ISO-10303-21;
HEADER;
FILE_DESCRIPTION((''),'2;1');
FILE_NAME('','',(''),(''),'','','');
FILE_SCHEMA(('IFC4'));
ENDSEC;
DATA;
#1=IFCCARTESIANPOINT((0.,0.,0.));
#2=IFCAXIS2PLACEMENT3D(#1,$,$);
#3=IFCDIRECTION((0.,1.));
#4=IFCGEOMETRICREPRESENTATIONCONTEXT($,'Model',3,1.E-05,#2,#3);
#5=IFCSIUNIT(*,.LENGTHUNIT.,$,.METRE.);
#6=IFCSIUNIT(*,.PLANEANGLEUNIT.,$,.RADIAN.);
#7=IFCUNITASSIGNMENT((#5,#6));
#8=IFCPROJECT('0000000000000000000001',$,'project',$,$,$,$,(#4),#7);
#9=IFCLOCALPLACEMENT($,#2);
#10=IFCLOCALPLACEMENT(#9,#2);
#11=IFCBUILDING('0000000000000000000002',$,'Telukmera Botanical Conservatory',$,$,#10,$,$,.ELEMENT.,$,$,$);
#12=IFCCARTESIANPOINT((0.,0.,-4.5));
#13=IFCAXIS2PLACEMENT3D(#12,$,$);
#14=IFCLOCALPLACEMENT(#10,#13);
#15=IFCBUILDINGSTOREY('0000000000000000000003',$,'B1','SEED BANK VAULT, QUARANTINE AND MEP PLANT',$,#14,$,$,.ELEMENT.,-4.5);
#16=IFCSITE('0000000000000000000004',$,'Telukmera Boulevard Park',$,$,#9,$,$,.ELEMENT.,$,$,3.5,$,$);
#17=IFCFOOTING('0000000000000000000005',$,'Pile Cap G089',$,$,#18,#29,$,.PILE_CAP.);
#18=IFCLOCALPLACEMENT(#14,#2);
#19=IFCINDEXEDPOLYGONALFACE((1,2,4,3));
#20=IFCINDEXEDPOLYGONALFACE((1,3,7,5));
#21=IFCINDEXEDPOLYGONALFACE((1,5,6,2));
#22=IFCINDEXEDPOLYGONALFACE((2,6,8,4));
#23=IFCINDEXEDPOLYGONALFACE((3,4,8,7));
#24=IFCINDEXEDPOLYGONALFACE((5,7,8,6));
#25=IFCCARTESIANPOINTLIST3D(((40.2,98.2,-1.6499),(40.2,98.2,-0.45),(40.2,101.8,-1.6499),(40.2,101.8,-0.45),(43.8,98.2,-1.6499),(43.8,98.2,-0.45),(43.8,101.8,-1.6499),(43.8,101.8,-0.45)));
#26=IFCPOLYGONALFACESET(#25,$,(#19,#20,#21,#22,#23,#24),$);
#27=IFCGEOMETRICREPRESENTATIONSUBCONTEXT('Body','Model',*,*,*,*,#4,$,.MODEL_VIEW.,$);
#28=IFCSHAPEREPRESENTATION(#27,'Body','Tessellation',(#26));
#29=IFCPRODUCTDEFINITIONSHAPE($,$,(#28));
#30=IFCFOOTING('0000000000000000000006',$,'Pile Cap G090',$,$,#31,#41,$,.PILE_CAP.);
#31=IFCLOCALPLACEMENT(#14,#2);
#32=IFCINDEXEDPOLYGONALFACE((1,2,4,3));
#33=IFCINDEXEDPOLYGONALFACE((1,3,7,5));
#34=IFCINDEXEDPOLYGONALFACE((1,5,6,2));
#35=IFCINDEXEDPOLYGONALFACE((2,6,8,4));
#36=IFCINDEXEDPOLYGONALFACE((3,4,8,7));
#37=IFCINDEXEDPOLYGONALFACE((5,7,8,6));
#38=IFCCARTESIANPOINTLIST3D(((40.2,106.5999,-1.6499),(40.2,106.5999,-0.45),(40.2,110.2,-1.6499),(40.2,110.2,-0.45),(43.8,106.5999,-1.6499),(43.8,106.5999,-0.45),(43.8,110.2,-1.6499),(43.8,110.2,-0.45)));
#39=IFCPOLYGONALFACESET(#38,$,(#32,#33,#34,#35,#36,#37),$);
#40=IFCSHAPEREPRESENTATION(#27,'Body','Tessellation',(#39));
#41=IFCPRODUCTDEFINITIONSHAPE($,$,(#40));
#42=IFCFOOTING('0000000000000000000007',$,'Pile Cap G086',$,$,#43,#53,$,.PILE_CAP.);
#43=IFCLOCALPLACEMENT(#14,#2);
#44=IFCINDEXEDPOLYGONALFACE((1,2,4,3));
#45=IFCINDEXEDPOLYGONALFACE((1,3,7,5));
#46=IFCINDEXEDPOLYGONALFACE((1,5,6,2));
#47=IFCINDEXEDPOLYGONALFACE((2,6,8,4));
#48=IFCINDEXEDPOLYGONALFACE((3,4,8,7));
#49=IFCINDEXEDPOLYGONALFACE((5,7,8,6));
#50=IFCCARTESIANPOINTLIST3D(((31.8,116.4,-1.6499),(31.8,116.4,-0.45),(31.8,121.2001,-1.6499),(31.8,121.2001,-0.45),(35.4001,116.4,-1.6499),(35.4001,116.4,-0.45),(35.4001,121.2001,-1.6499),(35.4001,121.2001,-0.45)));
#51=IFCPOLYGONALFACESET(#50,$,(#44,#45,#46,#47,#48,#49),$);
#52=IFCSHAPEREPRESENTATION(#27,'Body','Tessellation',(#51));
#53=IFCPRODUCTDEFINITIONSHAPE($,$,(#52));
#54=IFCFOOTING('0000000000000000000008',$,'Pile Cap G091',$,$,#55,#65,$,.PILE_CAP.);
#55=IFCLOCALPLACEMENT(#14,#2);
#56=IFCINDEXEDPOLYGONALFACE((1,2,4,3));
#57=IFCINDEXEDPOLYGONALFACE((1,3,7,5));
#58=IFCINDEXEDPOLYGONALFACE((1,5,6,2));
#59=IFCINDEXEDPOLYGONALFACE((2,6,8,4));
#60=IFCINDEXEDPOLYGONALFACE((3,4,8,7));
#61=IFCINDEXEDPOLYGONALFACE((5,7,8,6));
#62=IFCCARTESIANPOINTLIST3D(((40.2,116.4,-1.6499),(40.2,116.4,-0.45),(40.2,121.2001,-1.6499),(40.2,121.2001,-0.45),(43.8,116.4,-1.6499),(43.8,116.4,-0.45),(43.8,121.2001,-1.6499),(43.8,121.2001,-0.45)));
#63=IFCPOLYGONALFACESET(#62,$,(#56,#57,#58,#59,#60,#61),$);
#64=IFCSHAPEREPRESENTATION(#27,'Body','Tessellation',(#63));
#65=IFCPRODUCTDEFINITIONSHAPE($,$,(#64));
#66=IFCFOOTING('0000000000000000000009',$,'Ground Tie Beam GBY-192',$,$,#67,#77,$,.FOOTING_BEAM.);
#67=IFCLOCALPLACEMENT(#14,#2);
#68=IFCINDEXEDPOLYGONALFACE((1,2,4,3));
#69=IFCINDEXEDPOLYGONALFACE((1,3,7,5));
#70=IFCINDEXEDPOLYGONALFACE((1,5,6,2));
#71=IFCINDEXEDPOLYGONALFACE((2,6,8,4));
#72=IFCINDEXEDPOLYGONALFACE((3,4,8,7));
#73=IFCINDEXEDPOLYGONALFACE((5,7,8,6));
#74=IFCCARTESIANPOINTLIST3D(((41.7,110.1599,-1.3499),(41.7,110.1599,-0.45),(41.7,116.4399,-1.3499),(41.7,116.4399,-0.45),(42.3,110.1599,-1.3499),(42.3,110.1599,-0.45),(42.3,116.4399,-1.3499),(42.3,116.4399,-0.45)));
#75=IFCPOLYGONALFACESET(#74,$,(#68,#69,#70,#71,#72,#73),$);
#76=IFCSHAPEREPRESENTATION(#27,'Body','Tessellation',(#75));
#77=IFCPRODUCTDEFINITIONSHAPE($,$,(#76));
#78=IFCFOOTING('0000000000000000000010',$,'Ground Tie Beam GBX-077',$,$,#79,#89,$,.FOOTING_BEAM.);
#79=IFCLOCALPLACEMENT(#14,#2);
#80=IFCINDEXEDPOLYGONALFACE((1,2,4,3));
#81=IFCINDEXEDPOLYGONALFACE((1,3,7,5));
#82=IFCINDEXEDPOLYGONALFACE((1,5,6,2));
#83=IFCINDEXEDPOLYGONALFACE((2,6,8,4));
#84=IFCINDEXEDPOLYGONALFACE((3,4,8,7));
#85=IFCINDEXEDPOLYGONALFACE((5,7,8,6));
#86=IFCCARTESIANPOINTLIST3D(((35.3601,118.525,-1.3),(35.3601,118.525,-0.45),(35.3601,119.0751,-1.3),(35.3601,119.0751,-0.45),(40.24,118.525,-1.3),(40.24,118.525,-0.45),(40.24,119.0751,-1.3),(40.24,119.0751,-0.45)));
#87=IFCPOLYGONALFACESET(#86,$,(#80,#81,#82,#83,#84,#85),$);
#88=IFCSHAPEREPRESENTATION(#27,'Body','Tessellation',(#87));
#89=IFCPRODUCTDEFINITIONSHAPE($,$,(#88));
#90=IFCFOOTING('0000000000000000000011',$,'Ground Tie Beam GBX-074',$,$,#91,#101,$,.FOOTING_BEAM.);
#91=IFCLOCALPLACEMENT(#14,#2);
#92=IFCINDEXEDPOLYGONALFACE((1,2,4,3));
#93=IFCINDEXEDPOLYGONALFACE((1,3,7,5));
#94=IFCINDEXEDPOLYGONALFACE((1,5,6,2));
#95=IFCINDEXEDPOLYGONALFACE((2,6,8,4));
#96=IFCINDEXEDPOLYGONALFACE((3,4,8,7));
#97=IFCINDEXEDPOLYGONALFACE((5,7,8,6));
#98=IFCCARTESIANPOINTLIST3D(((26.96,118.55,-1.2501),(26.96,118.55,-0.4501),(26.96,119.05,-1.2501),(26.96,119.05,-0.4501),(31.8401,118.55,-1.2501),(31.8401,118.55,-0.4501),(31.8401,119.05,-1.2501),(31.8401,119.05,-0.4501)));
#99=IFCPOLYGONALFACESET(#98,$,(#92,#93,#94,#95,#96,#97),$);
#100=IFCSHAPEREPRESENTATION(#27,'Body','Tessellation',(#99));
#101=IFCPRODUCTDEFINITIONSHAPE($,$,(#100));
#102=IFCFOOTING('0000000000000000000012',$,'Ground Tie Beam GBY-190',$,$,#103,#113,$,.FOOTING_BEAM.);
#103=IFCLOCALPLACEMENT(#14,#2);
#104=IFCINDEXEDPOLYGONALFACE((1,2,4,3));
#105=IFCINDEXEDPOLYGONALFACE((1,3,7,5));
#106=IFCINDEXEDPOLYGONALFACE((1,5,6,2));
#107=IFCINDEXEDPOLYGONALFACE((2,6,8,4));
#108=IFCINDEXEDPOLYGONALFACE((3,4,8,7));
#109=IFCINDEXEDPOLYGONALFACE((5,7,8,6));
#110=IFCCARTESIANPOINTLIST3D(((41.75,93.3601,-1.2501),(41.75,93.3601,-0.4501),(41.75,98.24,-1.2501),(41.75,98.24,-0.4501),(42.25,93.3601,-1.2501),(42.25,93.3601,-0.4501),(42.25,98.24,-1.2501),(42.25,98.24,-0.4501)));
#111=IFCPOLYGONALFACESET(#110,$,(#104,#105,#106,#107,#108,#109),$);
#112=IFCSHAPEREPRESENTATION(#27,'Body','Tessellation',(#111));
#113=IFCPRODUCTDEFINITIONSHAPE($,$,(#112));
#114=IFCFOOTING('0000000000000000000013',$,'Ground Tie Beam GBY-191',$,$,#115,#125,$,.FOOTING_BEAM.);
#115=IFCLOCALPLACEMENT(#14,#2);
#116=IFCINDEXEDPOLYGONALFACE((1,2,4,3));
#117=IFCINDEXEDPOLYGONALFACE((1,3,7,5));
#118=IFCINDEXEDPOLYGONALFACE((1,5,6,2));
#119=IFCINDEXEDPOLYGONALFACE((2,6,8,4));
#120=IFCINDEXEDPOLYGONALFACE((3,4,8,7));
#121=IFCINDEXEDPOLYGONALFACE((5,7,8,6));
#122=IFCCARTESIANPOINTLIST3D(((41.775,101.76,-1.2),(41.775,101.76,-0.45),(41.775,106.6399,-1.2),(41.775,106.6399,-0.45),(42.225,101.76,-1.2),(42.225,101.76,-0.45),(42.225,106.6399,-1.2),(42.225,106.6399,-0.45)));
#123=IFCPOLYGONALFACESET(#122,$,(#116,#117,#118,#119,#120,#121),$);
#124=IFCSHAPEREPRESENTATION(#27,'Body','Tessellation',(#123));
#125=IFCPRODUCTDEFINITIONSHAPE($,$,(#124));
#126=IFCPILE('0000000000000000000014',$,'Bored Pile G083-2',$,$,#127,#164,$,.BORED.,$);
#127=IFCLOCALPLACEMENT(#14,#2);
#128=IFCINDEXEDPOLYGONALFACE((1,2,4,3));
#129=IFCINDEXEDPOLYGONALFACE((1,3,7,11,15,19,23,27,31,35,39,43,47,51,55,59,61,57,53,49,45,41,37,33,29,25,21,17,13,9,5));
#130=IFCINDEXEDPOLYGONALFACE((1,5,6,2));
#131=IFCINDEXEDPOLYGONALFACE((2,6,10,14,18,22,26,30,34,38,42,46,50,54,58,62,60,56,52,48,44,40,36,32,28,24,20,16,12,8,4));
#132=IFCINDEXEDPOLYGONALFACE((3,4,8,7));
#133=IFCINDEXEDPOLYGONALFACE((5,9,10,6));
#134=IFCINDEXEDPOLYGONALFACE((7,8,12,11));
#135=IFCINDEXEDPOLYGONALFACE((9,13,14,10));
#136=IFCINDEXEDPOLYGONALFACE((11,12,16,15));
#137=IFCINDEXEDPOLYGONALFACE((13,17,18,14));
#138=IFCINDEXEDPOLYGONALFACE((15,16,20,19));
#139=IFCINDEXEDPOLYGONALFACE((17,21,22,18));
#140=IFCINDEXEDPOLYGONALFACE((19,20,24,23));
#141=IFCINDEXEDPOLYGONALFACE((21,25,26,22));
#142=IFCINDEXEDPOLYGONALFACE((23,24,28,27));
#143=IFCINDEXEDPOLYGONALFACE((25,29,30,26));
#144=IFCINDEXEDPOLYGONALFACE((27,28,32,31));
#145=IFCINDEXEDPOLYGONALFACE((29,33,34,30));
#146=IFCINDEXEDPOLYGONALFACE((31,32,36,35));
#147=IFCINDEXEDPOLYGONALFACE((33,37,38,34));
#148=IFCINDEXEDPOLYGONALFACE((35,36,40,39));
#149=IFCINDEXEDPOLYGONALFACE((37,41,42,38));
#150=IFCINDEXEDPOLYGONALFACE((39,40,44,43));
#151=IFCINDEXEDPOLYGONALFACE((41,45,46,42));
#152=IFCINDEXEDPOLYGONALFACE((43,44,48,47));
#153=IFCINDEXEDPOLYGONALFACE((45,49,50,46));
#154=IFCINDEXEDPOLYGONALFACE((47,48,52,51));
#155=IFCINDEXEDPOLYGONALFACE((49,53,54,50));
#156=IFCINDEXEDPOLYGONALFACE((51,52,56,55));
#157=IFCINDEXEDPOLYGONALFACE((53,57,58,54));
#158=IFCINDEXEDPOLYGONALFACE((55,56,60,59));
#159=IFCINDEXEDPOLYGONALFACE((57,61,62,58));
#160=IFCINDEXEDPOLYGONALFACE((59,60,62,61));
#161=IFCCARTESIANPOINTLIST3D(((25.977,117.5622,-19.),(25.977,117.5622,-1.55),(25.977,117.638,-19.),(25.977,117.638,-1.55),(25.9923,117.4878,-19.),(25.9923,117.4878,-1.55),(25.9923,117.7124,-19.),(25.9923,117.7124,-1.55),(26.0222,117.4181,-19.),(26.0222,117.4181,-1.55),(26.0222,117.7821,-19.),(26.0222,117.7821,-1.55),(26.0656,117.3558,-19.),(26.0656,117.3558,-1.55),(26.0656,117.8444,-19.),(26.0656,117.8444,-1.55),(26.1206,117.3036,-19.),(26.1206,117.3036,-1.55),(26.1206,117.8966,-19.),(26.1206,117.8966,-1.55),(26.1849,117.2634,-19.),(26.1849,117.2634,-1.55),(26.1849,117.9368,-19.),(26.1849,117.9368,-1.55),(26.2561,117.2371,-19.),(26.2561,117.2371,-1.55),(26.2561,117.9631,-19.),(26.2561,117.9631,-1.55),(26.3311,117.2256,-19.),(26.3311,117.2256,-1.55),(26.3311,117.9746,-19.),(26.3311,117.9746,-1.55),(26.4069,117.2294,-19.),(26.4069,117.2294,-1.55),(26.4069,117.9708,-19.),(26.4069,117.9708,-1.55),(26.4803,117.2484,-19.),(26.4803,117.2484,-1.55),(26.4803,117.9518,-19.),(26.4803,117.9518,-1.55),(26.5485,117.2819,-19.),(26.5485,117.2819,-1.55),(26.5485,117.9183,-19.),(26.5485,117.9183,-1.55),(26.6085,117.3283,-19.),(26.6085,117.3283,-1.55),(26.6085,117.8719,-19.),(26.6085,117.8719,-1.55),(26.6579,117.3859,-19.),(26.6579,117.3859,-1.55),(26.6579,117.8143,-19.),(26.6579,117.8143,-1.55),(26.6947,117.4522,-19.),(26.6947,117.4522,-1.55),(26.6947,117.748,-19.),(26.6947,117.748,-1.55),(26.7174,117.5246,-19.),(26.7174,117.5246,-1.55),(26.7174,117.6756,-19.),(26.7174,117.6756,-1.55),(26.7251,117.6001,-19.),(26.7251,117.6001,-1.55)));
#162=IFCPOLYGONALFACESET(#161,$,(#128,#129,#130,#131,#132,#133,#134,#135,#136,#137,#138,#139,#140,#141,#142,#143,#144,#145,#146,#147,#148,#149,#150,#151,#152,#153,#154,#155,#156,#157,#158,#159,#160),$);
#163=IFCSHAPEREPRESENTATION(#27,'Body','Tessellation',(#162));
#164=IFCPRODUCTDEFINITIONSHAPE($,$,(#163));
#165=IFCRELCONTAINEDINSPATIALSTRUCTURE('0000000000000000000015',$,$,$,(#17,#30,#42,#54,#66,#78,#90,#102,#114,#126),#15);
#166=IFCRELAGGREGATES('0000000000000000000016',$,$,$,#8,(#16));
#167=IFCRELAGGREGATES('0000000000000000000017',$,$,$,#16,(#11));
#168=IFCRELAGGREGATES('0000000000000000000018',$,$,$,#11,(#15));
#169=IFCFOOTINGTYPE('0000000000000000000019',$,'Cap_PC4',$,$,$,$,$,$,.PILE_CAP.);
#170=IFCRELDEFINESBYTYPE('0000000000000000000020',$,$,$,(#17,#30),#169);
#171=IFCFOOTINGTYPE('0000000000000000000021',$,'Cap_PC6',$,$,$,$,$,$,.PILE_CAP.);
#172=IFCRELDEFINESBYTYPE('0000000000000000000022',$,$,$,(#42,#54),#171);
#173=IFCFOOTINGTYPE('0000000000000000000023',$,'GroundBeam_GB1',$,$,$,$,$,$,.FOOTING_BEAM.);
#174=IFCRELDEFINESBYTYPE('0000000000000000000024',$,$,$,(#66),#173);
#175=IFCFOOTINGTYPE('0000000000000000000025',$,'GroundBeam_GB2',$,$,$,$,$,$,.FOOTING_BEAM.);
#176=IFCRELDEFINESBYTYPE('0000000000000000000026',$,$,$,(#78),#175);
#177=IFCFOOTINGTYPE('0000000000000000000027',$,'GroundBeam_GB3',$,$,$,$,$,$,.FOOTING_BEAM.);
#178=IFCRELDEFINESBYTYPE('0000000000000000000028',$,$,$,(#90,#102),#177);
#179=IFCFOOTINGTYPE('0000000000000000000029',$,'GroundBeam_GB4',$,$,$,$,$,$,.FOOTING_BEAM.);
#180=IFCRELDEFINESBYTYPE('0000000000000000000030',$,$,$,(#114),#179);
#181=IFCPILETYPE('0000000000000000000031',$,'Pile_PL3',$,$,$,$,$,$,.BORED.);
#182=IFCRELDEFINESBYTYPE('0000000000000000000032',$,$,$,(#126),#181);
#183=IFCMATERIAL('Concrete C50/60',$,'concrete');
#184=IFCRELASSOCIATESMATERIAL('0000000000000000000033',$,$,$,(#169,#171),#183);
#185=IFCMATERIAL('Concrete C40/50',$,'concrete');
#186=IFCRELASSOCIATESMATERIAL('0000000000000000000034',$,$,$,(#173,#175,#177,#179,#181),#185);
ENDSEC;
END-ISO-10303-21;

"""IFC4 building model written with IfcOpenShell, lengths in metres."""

from ifc_helpers import new_model, si_unit, direction, frame, origin, origin_2d, place, context, subcontext, project, spatial, rectangle, circle, extrude, material, material_profile, profile_set, type_object, element, save


model = new_model("IFC4")

# Units and contexts
model_context = context("Model", 3, precision=1e-05, world=origin(), true_north=direction((0.0, 1.0)))
body_context = subcontext(model_context, "Body", "Model", "MODEL_VIEW")
ifc_project = project(units=[si_unit("LENGTHUNIT", "METRE"), si_unit("PLANEANGLEUNIT", "RADIAN")], contexts=[model_context])

# Site, building, storey
site_placement = place(None, origin())
site = spatial("IfcSite", under=ifc_project, at=site_placement, Name="Telukmera Boulevard Park", CompositionType="ELEMENT", RefElevation=3.5)
building_placement = place(site_placement, origin())
building = spatial("IfcBuilding", under=site, at=building_placement, Name="Telukmera Botanical Conservatory", CompositionType="ELEMENT")
storey_placement = place(building_placement, frame((0.0, 0.0, -4.5)))
storey = spatial("IfcBuildingStorey", under=building, at=storey_placement, Name="B1", Description="SEED BANK VAULT, QUARANTINE AND MEP PLANT", CompositionType="ELEMENT", Elevation=-4.5)

# Footings
ifc_material_1 = material(Name="Concrete C50/60", Category="concrete")
footing_type_1 = type_object("IfcFootingType", Name="Cap_PC4", PredefinedType="PILE_CAP", material=ifc_material_1)
for number, where, z_axis, x_axis, name in (
    (1, (42.0, 100.0, -1.6499), (0.0, 0.0, 1.0), (1.0, 0.0, 0.0), "Pile Cap G089"),
    (2, (42.0, 108.3999, -1.6499), (0.0, 0.0, 1.0), (1.0, 0.0, 0.0), "Pile Cap G090"),
):
    element("IfcFooting", number, at=place(storey_placement, frame(where, z_axis=z_axis, x_axis=x_axis)), inside=storey, type_object=footing_type_1, Name=name, PredefinedType="PILE_CAP", context=body_context, shape_type="SweptSolid", body=[
        extrude(rectangle(XDim=3.6001, YDim=3.6001, at=origin_2d()), origin(), (0.0, 0.0, 1.0), 1.2),
    ])
footing_type_2 = type_object("IfcFootingType", Name="Cap_PC6", PredefinedType="PILE_CAP", material=ifc_material_1)
for number, where, z_axis, x_axis, name in (
    (3, (33.6001, 118.8, -1.6499), (0.0, 0.0, 1.0), (1.0, 0.0, 0.0), "Pile Cap G086"),
    (4, (42.0, 118.8, -1.6499), (0.0, 0.0, 1.0), (1.0, 0.0, 0.0), "Pile Cap G091"),
):
    element("IfcFooting", number, at=place(storey_placement, frame(where, z_axis=z_axis, x_axis=x_axis)), inside=storey, type_object=footing_type_2, Name=name, PredefinedType="PILE_CAP", context=body_context, shape_type="SweptSolid", body=[
        extrude(rectangle(XDim=3.6001, YDim=4.8, at=origin_2d()), origin(), (0.0, 0.0, 1.0), 1.2),
    ])
ifc_material_2 = material(Name="Concrete C40/50", Category="concrete")
ifc_material_profile_1 = material_profile(ifc_material_2, rectangle(XDim=0.6001, YDim=0.8999, at=origin_2d()), Name="RC 600x900")
ifc_profile_set_1 = profile_set([ifc_material_profile_1], Name="Concrete C40/50")
footing_type_3 = type_object("IfcFootingType", Name="GroundBeam_GB1", PredefinedType="FOOTING_BEAM", material=ifc_profile_set_1)
footing_1_placement = place(storey_placement, frame((42.0, 110.1599, -0.8999), z_axis=(0.0, 1.0, 0.0), x_axis=(-1.0, 0.0, 0.0)))
element("IfcFooting", 5, at=footing_1_placement, inside=storey, type_object=footing_type_3, Name="Ground Tie Beam GBY-192", PredefinedType="FOOTING_BEAM", context=body_context, shape_type="SweptSolid", body=[
    extrude(rectangle(XDim=0.6001, YDim=0.8999, at=origin_2d()), origin(), (0.0, 0.0, 1.0), 6.28),
])
ifc_material_profile_2 = material_profile(ifc_material_2, rectangle(XDim=0.55, YDim=0.8501, at=origin_2d()), Name="RC 550x850")
ifc_profile_set_2 = profile_set([ifc_material_profile_2], Name="Concrete C40/50")
footing_type_4 = type_object("IfcFootingType", Name="GroundBeam_GB2", PredefinedType="FOOTING_BEAM", material=ifc_profile_set_2)
footing_2_placement = place(storey_placement, frame((35.3601, 118.8, -0.875), z_axis=(1.0, 0.0, 0.0), x_axis=(0.0, 1.0, 0.0)))
element("IfcFooting", 6, at=footing_2_placement, inside=storey, type_object=footing_type_4, Name="Ground Tie Beam GBX-077", PredefinedType="FOOTING_BEAM", context=body_context, shape_type="SweptSolid", body=[
    extrude(rectangle(XDim=0.55, YDim=0.8501, at=origin_2d()), origin(), (0.0, 0.0, 1.0), 4.8799),
])
ifc_material_profile_3 = material_profile(ifc_material_2, rectangle(XDim=0.5, YDim=0.8, at=origin_2d()), Name="RC 500x800")
ifc_profile_set_3 = profile_set([ifc_material_profile_3], Name="Concrete C40/50")
footing_type_5 = type_object("IfcFootingType", Name="GroundBeam_GB3", PredefinedType="FOOTING_BEAM", material=ifc_profile_set_3)
footing_3_placement = place(storey_placement, frame((26.96, 118.8, -0.8501), z_axis=(1.0, 0.0, 0.0), x_axis=(0.0, 1.0, 0.0)))
element("IfcFooting", 7, at=footing_3_placement, inside=storey, type_object=footing_type_5, Name="Ground Tie Beam GBX-074", PredefinedType="FOOTING_BEAM", context=body_context, shape_type="SweptSolid", body=[
    extrude(rectangle(XDim=0.5, YDim=0.8, at=origin_2d()), origin(), (0.0, 0.0, 1.0), 4.8801),
])
footing_4_placement = place(storey_placement, frame((42.0, 93.3601, -0.8501), z_axis=(0.0, 1.0, 0.0), x_axis=(-1.0, 0.0, 0.0)))
element("IfcFooting", 8, at=footing_4_placement, inside=storey, type_object=footing_type_5, Name="Ground Tie Beam GBY-190", PredefinedType="FOOTING_BEAM", context=body_context, shape_type="SweptSolid", body=[
    extrude(rectangle(XDim=0.5, YDim=0.8, at=origin_2d()), origin(), (0.0, 0.0, 1.0), 4.8799),
])
ifc_material_profile_4 = material_profile(ifc_material_2, rectangle(XDim=0.45, YDim=0.75, at=origin_2d()), Name="RC 450x750")
ifc_profile_set_4 = profile_set([ifc_material_profile_4], Name="Concrete C40/50")
footing_type_6 = type_object("IfcFootingType", Name="GroundBeam_GB4", PredefinedType="FOOTING_BEAM", material=ifc_profile_set_4)
footing_5_placement = place(storey_placement, frame((42.0, 101.76, -0.825), z_axis=(0.0, 1.0, 0.0), x_axis=(-1.0, 0.0, 0.0)))
element("IfcFooting", 9, at=footing_5_placement, inside=storey, type_object=footing_type_6, Name="Ground Tie Beam GBY-191", PredefinedType="FOOTING_BEAM", context=body_context, shape_type="SweptSolid", body=[
    extrude(rectangle(XDim=0.45, YDim=0.75, at=origin_2d()), origin(), (0.0, 0.0, 1.0), 4.8799),
])

# Pile
ifc_material_profile_5 = material_profile(ifc_material_2, circle(Radius=0.375, at=origin_2d()), Name="PILE D750")
ifc_profile_set_5 = profile_set([ifc_material_profile_5], Name="Concrete C40/50")
pile_type = type_object("IfcPileType", Name="Pile_PL3", PredefinedType="BORED", material=ifc_profile_set_5)
for number, where, z_axis, x_axis, name in (
    (10, (26.3501, 117.6001, -1.55), (0.0, 0.0, -1.0), (1.0, 0.0, 0.0), "Bored Pile G083-2"),
):
    element("IfcPile", number, at=place(storey_placement, frame(where, z_axis=z_axis, x_axis=x_axis)), inside=storey, type_object=pile_type, Name=name, PredefinedType="BORED", context=body_context, shape_type="SweptSolid", body=[
        extrude(circle(Radius=0.375, at=origin_2d()), origin(), (0.0, 0.0, 1.0), 17.45),
    ])

save(model, "model.ifc")
